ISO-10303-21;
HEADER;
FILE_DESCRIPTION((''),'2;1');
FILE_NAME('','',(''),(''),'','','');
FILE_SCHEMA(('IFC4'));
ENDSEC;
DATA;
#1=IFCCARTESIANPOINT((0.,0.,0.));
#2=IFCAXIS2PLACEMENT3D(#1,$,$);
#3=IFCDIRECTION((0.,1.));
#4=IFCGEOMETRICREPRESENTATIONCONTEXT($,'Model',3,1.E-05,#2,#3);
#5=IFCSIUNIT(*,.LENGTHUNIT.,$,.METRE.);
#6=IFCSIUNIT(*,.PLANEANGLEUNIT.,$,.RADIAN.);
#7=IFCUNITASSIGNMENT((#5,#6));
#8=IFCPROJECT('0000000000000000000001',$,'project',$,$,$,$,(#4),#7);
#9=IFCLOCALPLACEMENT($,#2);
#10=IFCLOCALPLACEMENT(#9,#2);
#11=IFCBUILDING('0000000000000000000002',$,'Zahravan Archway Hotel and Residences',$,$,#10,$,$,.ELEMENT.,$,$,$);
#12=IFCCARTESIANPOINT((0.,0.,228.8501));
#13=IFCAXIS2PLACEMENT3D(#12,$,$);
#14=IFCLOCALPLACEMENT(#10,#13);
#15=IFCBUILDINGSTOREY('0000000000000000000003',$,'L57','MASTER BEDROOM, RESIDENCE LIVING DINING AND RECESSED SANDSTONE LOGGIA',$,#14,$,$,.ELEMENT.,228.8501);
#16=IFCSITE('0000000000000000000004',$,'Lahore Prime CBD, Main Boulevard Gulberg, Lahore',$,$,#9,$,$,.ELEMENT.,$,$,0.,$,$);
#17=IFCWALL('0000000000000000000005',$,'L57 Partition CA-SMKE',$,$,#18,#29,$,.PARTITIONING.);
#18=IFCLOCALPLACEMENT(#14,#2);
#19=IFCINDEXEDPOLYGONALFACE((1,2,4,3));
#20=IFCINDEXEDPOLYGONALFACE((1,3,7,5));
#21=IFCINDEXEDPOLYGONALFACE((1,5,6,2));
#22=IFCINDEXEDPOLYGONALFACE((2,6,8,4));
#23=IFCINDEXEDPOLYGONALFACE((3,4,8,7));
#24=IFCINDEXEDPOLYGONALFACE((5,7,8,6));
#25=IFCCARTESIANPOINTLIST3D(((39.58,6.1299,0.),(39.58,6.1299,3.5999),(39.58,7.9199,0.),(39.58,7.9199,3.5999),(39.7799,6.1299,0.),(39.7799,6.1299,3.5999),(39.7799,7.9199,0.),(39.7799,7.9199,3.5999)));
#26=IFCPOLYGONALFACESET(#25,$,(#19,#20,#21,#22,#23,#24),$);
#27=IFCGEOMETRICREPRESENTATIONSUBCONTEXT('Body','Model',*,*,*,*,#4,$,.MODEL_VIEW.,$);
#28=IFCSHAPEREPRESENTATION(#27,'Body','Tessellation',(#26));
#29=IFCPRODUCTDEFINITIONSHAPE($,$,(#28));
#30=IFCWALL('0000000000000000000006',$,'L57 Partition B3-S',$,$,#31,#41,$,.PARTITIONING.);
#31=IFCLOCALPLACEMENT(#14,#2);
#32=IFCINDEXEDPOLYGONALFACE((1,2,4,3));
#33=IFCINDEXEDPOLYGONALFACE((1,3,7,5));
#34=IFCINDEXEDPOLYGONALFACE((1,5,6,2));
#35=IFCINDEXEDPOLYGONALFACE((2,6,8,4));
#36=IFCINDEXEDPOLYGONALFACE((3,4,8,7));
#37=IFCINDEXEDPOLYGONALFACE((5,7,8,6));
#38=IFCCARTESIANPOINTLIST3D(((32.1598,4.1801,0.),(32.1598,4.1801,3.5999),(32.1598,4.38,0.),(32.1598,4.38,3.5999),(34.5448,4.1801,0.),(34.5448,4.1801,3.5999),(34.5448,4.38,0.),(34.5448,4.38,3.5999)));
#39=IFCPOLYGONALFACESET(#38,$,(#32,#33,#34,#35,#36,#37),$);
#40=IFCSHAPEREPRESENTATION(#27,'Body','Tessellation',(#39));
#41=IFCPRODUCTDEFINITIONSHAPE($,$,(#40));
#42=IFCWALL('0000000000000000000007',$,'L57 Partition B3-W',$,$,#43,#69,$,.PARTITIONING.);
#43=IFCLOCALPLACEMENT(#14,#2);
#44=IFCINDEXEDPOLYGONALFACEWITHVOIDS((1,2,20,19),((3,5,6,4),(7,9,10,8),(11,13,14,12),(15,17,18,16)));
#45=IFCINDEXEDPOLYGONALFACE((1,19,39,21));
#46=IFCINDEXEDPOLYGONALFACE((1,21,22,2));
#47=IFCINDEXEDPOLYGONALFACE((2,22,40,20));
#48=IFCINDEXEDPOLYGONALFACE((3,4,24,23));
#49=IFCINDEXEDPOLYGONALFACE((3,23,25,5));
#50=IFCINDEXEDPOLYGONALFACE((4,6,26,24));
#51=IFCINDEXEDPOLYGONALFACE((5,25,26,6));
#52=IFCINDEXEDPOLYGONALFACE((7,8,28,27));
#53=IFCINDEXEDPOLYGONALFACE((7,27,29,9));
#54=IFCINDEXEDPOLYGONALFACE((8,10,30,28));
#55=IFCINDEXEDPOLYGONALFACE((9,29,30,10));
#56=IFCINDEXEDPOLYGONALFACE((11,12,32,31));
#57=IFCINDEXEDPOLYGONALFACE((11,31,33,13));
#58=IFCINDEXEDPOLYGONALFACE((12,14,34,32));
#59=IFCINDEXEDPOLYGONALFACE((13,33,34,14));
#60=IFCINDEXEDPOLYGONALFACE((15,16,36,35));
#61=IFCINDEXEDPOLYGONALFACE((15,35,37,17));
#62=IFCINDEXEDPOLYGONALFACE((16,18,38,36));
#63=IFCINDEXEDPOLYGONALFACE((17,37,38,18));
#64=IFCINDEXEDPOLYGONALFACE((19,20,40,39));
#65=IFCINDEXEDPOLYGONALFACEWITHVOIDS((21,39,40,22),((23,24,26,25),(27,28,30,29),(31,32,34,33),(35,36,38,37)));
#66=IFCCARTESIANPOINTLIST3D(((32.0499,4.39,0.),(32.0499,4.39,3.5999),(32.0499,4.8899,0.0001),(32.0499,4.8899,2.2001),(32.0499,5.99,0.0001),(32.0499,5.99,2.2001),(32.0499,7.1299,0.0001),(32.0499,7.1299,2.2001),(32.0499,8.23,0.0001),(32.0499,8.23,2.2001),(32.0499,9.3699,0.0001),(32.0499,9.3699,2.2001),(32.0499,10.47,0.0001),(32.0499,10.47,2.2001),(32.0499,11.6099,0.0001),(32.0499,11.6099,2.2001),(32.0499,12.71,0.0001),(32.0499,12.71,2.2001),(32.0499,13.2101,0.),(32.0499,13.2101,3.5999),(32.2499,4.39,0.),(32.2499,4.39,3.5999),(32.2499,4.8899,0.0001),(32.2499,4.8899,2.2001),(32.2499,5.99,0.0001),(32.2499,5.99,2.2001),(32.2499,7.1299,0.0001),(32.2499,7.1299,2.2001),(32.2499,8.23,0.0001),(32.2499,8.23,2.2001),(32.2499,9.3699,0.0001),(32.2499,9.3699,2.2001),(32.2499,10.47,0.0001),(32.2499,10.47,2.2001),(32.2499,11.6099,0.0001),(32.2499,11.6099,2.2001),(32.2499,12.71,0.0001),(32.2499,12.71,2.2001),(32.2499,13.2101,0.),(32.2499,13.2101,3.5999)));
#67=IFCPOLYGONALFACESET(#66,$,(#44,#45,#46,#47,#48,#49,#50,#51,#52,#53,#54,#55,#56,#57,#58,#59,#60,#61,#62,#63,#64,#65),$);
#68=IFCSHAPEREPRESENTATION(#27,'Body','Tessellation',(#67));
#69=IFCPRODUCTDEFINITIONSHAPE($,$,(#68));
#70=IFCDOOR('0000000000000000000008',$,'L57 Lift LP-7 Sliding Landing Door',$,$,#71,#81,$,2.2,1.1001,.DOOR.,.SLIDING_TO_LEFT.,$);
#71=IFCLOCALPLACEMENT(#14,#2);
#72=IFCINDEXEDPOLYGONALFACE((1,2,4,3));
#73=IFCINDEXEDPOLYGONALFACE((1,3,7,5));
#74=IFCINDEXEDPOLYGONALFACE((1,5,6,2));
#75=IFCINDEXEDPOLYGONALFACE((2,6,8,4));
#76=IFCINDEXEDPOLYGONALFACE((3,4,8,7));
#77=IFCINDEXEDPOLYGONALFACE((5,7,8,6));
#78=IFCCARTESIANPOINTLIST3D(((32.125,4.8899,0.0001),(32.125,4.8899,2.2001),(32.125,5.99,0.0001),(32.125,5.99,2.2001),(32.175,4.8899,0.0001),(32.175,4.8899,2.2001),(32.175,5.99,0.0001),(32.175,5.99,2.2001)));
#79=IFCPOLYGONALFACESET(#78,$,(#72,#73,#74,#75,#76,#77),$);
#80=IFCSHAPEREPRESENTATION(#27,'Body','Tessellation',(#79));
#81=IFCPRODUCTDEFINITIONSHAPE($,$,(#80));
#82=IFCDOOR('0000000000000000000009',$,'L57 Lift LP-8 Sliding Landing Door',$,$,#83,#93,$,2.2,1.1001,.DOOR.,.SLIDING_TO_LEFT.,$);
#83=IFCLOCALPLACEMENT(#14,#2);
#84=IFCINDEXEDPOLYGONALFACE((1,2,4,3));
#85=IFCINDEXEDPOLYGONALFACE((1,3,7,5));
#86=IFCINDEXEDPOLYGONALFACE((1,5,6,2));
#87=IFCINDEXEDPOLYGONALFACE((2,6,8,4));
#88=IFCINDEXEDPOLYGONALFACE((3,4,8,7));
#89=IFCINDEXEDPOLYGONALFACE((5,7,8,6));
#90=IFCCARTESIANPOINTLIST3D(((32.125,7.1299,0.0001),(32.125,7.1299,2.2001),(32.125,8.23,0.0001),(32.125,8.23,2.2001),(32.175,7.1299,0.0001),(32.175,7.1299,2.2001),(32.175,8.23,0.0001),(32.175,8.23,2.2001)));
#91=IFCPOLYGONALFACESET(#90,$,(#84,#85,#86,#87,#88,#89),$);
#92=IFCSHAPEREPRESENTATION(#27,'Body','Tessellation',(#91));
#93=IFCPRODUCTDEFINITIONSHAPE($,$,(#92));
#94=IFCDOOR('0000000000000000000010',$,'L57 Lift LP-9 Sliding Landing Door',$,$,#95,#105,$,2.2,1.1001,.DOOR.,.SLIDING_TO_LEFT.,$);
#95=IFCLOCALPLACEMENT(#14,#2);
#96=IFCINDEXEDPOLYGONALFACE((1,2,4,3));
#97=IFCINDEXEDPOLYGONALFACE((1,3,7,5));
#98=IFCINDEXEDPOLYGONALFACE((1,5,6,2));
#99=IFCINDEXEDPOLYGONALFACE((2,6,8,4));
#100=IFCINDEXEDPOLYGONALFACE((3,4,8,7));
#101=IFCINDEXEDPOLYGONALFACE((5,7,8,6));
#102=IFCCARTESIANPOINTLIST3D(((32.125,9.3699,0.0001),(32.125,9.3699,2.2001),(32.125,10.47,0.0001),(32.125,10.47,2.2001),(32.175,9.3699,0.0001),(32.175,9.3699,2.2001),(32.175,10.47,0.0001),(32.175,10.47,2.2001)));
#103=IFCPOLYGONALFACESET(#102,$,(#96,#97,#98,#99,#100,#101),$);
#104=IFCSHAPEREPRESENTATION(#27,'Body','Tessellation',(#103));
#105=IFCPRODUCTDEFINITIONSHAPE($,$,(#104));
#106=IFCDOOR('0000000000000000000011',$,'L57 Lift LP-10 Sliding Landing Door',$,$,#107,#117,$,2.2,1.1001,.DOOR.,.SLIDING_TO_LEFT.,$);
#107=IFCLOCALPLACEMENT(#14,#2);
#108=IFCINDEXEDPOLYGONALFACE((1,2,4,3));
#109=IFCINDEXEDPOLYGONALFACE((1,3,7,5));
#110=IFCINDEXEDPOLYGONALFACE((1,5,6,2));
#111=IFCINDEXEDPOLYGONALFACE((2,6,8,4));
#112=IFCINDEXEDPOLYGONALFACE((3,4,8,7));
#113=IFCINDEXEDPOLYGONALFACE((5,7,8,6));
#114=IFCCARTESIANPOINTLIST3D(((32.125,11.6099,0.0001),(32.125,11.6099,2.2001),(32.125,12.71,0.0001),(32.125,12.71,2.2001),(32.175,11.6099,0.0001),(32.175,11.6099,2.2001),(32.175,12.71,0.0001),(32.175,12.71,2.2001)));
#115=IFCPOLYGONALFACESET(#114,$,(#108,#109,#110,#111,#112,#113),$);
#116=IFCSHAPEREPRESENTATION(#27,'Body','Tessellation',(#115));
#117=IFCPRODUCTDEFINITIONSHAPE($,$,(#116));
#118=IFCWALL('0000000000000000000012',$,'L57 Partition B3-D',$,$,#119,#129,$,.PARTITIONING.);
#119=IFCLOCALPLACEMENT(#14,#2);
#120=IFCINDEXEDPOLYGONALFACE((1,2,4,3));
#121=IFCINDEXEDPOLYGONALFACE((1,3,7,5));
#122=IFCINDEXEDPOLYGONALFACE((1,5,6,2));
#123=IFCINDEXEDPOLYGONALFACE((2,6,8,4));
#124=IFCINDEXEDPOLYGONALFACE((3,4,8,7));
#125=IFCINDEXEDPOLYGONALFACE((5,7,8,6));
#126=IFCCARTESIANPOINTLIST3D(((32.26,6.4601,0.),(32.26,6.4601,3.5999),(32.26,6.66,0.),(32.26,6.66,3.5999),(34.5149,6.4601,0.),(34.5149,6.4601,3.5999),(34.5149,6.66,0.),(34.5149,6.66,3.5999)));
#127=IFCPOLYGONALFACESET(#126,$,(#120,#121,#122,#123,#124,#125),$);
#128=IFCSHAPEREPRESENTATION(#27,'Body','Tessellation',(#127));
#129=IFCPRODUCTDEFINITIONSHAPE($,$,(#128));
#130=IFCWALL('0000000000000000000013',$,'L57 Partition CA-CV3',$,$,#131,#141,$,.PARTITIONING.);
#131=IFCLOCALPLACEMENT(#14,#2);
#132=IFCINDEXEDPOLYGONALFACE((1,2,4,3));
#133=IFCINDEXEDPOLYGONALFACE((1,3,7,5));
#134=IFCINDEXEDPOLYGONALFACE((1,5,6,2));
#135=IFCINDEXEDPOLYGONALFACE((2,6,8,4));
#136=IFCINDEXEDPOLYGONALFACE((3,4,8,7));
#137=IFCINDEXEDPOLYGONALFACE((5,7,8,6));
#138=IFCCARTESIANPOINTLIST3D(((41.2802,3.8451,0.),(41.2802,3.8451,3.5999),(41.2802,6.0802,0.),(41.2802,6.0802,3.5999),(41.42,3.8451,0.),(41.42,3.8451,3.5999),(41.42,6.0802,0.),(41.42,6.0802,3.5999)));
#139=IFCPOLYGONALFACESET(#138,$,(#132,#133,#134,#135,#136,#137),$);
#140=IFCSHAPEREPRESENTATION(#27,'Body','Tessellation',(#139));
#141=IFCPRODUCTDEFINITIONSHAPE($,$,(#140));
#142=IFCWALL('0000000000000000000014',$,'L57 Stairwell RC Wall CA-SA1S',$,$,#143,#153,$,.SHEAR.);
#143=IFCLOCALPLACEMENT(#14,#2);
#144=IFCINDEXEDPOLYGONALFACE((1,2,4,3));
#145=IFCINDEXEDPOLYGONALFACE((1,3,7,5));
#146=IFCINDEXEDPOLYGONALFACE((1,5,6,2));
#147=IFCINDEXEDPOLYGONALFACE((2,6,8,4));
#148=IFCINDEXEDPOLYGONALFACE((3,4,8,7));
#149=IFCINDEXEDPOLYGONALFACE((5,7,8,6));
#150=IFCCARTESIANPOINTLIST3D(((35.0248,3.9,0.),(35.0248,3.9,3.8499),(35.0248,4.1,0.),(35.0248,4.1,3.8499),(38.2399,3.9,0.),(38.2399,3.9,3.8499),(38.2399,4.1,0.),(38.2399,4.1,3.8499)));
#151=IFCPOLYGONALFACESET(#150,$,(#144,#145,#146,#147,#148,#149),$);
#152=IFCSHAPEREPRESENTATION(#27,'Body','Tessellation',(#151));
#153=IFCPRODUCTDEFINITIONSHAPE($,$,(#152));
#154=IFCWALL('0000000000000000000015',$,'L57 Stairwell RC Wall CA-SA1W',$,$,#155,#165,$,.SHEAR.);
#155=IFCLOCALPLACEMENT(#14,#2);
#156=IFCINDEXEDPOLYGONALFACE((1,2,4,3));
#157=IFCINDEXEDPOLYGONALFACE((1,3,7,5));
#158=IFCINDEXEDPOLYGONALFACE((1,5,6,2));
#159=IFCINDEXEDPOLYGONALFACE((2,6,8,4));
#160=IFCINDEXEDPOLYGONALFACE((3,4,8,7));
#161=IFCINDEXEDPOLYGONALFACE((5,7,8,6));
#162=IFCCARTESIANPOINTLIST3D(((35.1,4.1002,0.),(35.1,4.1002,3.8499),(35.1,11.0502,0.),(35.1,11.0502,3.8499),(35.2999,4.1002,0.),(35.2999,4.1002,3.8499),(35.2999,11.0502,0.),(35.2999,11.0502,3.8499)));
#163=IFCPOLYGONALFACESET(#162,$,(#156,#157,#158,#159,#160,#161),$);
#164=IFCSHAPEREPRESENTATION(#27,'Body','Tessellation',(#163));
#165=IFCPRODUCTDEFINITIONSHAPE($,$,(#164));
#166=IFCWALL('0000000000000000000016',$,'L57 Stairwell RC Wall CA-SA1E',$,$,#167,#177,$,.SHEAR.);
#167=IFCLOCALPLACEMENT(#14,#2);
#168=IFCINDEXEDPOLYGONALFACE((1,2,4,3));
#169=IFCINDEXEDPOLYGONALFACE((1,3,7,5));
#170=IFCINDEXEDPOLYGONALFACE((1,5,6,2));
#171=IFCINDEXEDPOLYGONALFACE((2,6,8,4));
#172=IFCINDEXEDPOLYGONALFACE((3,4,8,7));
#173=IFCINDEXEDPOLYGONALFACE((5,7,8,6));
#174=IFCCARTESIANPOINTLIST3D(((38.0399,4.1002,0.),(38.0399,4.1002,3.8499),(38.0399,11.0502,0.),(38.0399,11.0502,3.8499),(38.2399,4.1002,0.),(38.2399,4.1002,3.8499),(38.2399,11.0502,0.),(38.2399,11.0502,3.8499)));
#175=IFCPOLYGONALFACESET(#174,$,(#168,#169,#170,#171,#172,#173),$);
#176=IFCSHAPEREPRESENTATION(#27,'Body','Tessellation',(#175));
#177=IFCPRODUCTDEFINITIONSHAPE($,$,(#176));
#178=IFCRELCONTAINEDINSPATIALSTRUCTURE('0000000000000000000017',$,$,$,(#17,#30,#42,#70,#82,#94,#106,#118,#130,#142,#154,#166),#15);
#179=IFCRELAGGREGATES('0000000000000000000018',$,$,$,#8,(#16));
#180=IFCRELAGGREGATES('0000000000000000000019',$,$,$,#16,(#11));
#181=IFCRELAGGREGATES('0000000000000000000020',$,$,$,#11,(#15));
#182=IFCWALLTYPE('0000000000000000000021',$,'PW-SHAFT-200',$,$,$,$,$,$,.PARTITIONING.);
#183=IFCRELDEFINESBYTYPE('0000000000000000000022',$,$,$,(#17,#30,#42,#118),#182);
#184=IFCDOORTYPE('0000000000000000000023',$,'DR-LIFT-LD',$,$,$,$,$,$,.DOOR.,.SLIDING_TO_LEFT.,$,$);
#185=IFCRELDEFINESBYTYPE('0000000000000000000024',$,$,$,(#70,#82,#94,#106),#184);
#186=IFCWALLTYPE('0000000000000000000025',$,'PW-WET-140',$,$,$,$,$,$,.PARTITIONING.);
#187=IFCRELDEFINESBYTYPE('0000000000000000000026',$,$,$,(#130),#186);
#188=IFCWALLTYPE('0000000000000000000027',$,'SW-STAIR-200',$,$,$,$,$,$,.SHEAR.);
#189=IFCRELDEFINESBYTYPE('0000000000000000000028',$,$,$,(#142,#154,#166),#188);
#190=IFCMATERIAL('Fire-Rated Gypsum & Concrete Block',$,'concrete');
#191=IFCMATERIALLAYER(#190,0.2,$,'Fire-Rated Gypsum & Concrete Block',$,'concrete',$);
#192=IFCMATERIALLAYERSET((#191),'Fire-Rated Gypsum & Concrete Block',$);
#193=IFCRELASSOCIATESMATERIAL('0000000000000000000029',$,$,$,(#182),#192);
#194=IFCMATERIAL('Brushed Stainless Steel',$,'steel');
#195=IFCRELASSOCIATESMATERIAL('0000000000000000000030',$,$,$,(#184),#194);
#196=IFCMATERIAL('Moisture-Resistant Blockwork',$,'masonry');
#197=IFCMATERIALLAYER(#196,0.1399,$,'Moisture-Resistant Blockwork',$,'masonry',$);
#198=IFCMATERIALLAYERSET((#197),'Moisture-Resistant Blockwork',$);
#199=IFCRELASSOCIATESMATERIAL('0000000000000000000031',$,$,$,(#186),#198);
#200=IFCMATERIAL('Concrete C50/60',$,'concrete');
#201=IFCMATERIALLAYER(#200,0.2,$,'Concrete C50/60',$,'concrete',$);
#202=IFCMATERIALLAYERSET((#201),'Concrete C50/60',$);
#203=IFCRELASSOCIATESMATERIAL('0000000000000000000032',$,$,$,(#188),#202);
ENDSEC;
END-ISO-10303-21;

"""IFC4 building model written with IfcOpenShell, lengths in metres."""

from ifc_helpers import new_model, si_unit, direction, frame, frame_2d, origin, place, context, subcontext, project, spatial, rectangle, extrude, source, transform, mapped, material, layer, layer_set, type_object, type_shapes, element, fill, save


model = new_model("IFC4")

# Units and contexts
model_context = context("Model", 3, precision=1e-05, world=origin(), true_north=direction((0.0, 1.0)))
body_context = subcontext(model_context, "Body", "Model", "MODEL_VIEW")
ifc_project = project(units=[si_unit("LENGTHUNIT", "METRE"), si_unit("PLANEANGLEUNIT", "RADIAN")], contexts=[model_context])

# Site, building, storey
site_placement = place(None, origin())
site = spatial("IfcSite", under=ifc_project, at=site_placement, Name="Lahore Prime CBD, Main Boulevard Gulberg, Lahore", CompositionType="ELEMENT", RefElevation=0.0)
building_placement = place(site_placement, origin())
building = spatial("IfcBuilding", under=site, at=building_placement, Name="Zahravan Archway Hotel and Residences", CompositionType="ELEMENT")
storey_placement = place(building_placement, frame((0.0, 0.0, 228.8501)))
storey = spatial("IfcBuildingStorey", under=building, at=storey_placement, Name="L57", Description="MASTER BEDROOM, RESIDENCE LIVING DINING AND RECESSED SANDSTONE LOGGIA", CompositionType="ELEMENT", Elevation=228.8501)

# Shared definitions
ifc_material_1 = material(Name="Concrete C50/60", Category="concrete")

# Shared definitions
ifc_material_2 = material(Name="Fire-Rated Gypsum & Concrete Block", Category="concrete")
ifc_layer_1 = layer(ifc_material_2, 0.2, Name="Fire-Rated Gypsum & Concrete Block", Category="concrete")
ifc_layer_set_1 = layer_set([ifc_layer_1], Name="Fire-Rated Gypsum & Concrete Block")
wall_type_1 = type_object("IfcWallType", Name="PW-SHAFT-200", PredefinedType="PARTITIONING", material=ifc_layer_set_1)

# Walls
wall_1_placement = place(storey_placement, frame((39.6799, 6.1299, 0.0), z_axis=(0.0, 0.0, 1.0), x_axis=(0.0, 1.0, 0.0)))
element("IfcWall", 1, at=wall_1_placement, inside=storey, type_object=wall_type_1, Name="L57 Partition CA-SMKE", PredefinedType="PARTITIONING", context=body_context, shape_type="SweptSolid", body=[
    extrude(rectangle(XDim=1.79, YDim=0.2, at=frame_2d((0.895, 0.0))), origin(), (0.0, 0.0, 1.0), 3.5999),
])
wall_2_placement = place(storey_placement, frame((32.1599, 4.28, 0.0), z_axis=(0.0, 0.0, 1.0), x_axis=(1.0, 0.0, 0.0)))
element("IfcWall", 2, at=wall_2_placement, inside=storey, type_object=wall_type_1, Name="L57 Partition B3-S", PredefinedType="PARTITIONING", context=body_context, shape_type="SweptSolid", body=[
    extrude(rectangle(XDim=2.385, YDim=0.2, at=frame_2d((1.1924, 0.0))), origin(), (0.0, 0.0, 1.0), 3.5999),
])

# Wall, openings, doors
wall_3_placement = place(storey_placement, frame((32.1499, 4.3899, 0.0), z_axis=(0.0, 0.0, 1.0), x_axis=(0.0, 1.0, 0.0)))
wall_3 = element("IfcWall", 3, at=wall_3_placement, inside=storey, type_object=wall_type_1, Name="L57 Partition B3-W", PredefinedType="PARTITIONING", context=body_context, shape_type="SweptSolid", body=[
    extrude(rectangle(XDim=8.8201, YDim=0.2, at=frame_2d((4.4102, 0.0))), origin(), (0.0, 0.0, 1.0), 3.5999),
])
opening_1_placement = place(wall_3_placement, frame((0.5, 0.0, 0.0)))
opening_1 = element("IfcOpeningElement", 4, at=opening_1_placement, cuts=wall_3, PredefinedType="OPENING", context=body_context, shape_type="SweptSolid", body=[
    extrude(rectangle(XDim=1.1001, YDim=2.2, at=frame_2d((0.55, 1.1001))), frame((0.0, 0.1099, 0.0), z_axis=(0.0, -1.0, 0.0), x_axis=(1.0, 0.0, 0.0)), (0.0, 0.0, 1.0), 0.22),
])
opening_2_placement = place(wall_3_placement, frame((2.74, 0.0, 0.0)))
opening_2 = element("IfcOpeningElement", 5, at=opening_2_placement, cuts=wall_3, PredefinedType="OPENING", context=body_context, shape_type="SweptSolid", body=[
    extrude(rectangle(XDim=1.1001, YDim=2.2, at=frame_2d((0.55, 1.1001))), frame((0.0, 0.1099, 0.0), z_axis=(0.0, -1.0, 0.0), x_axis=(1.0, 0.0, 0.0)), (0.0, 0.0, 1.0), 0.22),
])
opening_3_placement = place(wall_3_placement, frame((4.98, 0.0, 0.0)))
opening_3 = element("IfcOpeningElement", 6, at=opening_3_placement, cuts=wall_3, PredefinedType="OPENING", context=body_context, shape_type="SweptSolid", body=[
    extrude(rectangle(XDim=1.1001, YDim=2.2, at=frame_2d((0.55, 1.1001))), frame((0.0, 0.1099, 0.0), z_axis=(0.0, -1.0, 0.0), x_axis=(1.0, 0.0, 0.0)), (0.0, 0.0, 1.0), 0.22),
])
opening_4_placement = place(wall_3_placement, frame((7.22, 0.0, 0.0)))
opening_4 = element("IfcOpeningElement", 7, at=opening_4_placement, cuts=wall_3, PredefinedType="OPENING", context=body_context, shape_type="SweptSolid", body=[
    extrude(rectangle(XDim=1.1001, YDim=2.2, at=frame_2d((0.55, 1.1001))), frame((0.0, 0.1099, 0.0), z_axis=(0.0, -1.0, 0.0), x_axis=(1.0, 0.0, 0.0)), (0.0, 0.0, 1.0), 0.22),
])
ifc_material_3 = material(Name="Brushed Stainless Steel", Category="steel")
door_type_1 = type_object("IfcDoorType", Name="DR-LIFT-LD", OperationType="SLIDING_TO_LEFT", PredefinedType="DOOR", material=ifc_material_3)
shared_shape_1 = source(origin(), body_context, "Body", "SweptSolid", [
    extrude(rectangle(XDim=1.1001, YDim=2.2, at=frame_2d((0.55, 1.1001))), frame((0.0, 0.0249, 0.0), z_axis=(0.0, -1.0, 0.0), x_axis=(1.0, 0.0, 0.0)), (0.0, 0.0, 1.0), 0.05),
])
type_shapes(door_type_1, [shared_shape_1])
door_1_placement = place(opening_1_placement, origin())
door_1 = element("IfcDoor", 8, at=door_1_placement, inside=storey, type_object=door_type_1, Name="L57 Lift LP-7 Sliding Landing Door", OperationType="SLIDING_TO_LEFT", OverallHeight=2.2, OverallWidth=1.1001, PredefinedType="DOOR", context=body_context, shape_type="MappedRepresentation", body=[
    mapped(shared_shape_1, transform((0.0, 0.0, 0.0), scale=1.0)),
])
fill(opening_1, door_1)
door_2_placement = place(opening_2_placement, origin())
door_2 = element("IfcDoor", 9, at=door_2_placement, inside=storey, type_object=door_type_1, Name="L57 Lift LP-8 Sliding Landing Door", OperationType="SLIDING_TO_LEFT", OverallHeight=2.2, OverallWidth=1.1001, PredefinedType="DOOR", context=body_context, shape_type="MappedRepresentation", body=[
    mapped(shared_shape_1, transform((0.0, 0.0, 0.0), scale=1.0)),
])
fill(opening_2, door_2)
door_3_placement = place(opening_3_placement, origin())
door_3 = element("IfcDoor", 10, at=door_3_placement, inside=storey, type_object=door_type_1, Name="L57 Lift LP-9 Sliding Landing Door", OperationType="SLIDING_TO_LEFT", OverallHeight=2.2, OverallWidth=1.1001, PredefinedType="DOOR", context=body_context, shape_type="MappedRepresentation", body=[
    mapped(shared_shape_1, transform((0.0, 0.0, 0.0), scale=1.0)),
])
fill(opening_3, door_3)
door_4_placement = place(opening_4_placement, origin())
door_4 = element("IfcDoor", 11, at=door_4_placement, inside=storey, type_object=door_type_1, Name="L57 Lift LP-10 Sliding Landing Door", OperationType="SLIDING_TO_LEFT", OverallHeight=2.2, OverallWidth=1.1001, PredefinedType="DOOR", context=body_context, shape_type="MappedRepresentation", body=[
    mapped(shared_shape_1, transform((0.0, 0.0, 0.0), scale=1.0)),
])
fill(opening_4, door_4)

# Walls
wall_4_placement = place(storey_placement, frame((32.26, 6.5601, 0.0), z_axis=(0.0, 0.0, 1.0), x_axis=(1.0, 0.0, 0.0)))
element("IfcWall", 12, at=wall_4_placement, inside=storey, type_object=wall_type_1, Name="L57 Partition B3-D", PredefinedType="PARTITIONING", context=body_context, shape_type="SweptSolid", body=[
    extrude(rectangle(XDim=2.2549, YDim=0.2, at=frame_2d((1.1274, 0.0))), origin(), (0.0, 0.0, 1.0), 3.5999),
])
ifc_material_4 = material(Name="Moisture-Resistant Blockwork", Category="masonry")
ifc_layer_2 = layer(ifc_material_4, 0.1399, Name="Moisture-Resistant Blockwork", Category="masonry")
ifc_layer_set_2 = layer_set([ifc_layer_2], Name="Moisture-Resistant Blockwork")
wall_type_2 = type_object("IfcWallType", Name="PW-WET-140", PredefinedType="PARTITIONING", material=ifc_layer_set_2)
wall_5_placement = place(storey_placement, frame((41.3501, 3.845, 0.0), z_axis=(0.0, 0.0, 1.0), x_axis=(0.0, 1.0, 0.0)))
element("IfcWall", 13, at=wall_5_placement, inside=storey, type_object=wall_type_2, Name="L57 Partition CA-CV3", PredefinedType="PARTITIONING", context=body_context, shape_type="SweptSolid", body=[
    extrude(rectangle(XDim=2.2351, YDim=0.1399, at=frame_2d((1.1177, 0.0))), origin(), (0.0, 0.0, 1.0), 3.5999),
])
ifc_layer_3 = layer(ifc_material_1, 0.2, Name="Concrete C50/60", Category="concrete")
ifc_layer_set_3 = layer_set([ifc_layer_3], Name="Concrete C50/60")
wall_type_3 = type_object("IfcWallType", Name="SW-STAIR-200", PredefinedType="SHEAR", material=ifc_layer_set_3)
wall_6_placement = place(storey_placement, frame((35.0249, 4.0, 0.0), z_axis=(0.0, 0.0, 1.0), x_axis=(1.0, 0.0, 0.0)))
element("IfcWall", 14, at=wall_6_placement, inside=storey, type_object=wall_type_3, Name="L57 Stairwell RC Wall CA-SA1S", PredefinedType="SHEAR", context=body_context, shape_type="SweptSolid", body=[
    extrude(rectangle(XDim=3.2151, YDim=0.2, at=frame_2d((1.6074, 0.0))), origin(), (0.0, 0.0, 1.0), 3.8499),
])
for number, where, z_axis, x_axis, name in (
    (15, (35.2, 4.1001, 0.0), (0.0, 0.0, 1.0), (0.0, 1.0, 0.0), "L57 Stairwell RC Wall CA-SA1W"),
    (16, (38.1399, 4.1001, 0.0), (0.0, 0.0, 1.0), (0.0, 1.0, 0.0), "L57 Stairwell RC Wall CA-SA1E"),
):
    element("IfcWall", number, at=place(storey_placement, frame(where, z_axis=z_axis, x_axis=x_axis)), inside=storey, type_object=wall_type_3, Name=name, PredefinedType="SHEAR", context=body_context, shape_type="SweptSolid", body=[
        extrude(rectangle(XDim=6.95, YDim=0.2, at=frame_2d((3.4751, 0.0))), origin(), (0.0, 0.0, 1.0), 3.8499),
    ])

save(model, "model.ifc")
